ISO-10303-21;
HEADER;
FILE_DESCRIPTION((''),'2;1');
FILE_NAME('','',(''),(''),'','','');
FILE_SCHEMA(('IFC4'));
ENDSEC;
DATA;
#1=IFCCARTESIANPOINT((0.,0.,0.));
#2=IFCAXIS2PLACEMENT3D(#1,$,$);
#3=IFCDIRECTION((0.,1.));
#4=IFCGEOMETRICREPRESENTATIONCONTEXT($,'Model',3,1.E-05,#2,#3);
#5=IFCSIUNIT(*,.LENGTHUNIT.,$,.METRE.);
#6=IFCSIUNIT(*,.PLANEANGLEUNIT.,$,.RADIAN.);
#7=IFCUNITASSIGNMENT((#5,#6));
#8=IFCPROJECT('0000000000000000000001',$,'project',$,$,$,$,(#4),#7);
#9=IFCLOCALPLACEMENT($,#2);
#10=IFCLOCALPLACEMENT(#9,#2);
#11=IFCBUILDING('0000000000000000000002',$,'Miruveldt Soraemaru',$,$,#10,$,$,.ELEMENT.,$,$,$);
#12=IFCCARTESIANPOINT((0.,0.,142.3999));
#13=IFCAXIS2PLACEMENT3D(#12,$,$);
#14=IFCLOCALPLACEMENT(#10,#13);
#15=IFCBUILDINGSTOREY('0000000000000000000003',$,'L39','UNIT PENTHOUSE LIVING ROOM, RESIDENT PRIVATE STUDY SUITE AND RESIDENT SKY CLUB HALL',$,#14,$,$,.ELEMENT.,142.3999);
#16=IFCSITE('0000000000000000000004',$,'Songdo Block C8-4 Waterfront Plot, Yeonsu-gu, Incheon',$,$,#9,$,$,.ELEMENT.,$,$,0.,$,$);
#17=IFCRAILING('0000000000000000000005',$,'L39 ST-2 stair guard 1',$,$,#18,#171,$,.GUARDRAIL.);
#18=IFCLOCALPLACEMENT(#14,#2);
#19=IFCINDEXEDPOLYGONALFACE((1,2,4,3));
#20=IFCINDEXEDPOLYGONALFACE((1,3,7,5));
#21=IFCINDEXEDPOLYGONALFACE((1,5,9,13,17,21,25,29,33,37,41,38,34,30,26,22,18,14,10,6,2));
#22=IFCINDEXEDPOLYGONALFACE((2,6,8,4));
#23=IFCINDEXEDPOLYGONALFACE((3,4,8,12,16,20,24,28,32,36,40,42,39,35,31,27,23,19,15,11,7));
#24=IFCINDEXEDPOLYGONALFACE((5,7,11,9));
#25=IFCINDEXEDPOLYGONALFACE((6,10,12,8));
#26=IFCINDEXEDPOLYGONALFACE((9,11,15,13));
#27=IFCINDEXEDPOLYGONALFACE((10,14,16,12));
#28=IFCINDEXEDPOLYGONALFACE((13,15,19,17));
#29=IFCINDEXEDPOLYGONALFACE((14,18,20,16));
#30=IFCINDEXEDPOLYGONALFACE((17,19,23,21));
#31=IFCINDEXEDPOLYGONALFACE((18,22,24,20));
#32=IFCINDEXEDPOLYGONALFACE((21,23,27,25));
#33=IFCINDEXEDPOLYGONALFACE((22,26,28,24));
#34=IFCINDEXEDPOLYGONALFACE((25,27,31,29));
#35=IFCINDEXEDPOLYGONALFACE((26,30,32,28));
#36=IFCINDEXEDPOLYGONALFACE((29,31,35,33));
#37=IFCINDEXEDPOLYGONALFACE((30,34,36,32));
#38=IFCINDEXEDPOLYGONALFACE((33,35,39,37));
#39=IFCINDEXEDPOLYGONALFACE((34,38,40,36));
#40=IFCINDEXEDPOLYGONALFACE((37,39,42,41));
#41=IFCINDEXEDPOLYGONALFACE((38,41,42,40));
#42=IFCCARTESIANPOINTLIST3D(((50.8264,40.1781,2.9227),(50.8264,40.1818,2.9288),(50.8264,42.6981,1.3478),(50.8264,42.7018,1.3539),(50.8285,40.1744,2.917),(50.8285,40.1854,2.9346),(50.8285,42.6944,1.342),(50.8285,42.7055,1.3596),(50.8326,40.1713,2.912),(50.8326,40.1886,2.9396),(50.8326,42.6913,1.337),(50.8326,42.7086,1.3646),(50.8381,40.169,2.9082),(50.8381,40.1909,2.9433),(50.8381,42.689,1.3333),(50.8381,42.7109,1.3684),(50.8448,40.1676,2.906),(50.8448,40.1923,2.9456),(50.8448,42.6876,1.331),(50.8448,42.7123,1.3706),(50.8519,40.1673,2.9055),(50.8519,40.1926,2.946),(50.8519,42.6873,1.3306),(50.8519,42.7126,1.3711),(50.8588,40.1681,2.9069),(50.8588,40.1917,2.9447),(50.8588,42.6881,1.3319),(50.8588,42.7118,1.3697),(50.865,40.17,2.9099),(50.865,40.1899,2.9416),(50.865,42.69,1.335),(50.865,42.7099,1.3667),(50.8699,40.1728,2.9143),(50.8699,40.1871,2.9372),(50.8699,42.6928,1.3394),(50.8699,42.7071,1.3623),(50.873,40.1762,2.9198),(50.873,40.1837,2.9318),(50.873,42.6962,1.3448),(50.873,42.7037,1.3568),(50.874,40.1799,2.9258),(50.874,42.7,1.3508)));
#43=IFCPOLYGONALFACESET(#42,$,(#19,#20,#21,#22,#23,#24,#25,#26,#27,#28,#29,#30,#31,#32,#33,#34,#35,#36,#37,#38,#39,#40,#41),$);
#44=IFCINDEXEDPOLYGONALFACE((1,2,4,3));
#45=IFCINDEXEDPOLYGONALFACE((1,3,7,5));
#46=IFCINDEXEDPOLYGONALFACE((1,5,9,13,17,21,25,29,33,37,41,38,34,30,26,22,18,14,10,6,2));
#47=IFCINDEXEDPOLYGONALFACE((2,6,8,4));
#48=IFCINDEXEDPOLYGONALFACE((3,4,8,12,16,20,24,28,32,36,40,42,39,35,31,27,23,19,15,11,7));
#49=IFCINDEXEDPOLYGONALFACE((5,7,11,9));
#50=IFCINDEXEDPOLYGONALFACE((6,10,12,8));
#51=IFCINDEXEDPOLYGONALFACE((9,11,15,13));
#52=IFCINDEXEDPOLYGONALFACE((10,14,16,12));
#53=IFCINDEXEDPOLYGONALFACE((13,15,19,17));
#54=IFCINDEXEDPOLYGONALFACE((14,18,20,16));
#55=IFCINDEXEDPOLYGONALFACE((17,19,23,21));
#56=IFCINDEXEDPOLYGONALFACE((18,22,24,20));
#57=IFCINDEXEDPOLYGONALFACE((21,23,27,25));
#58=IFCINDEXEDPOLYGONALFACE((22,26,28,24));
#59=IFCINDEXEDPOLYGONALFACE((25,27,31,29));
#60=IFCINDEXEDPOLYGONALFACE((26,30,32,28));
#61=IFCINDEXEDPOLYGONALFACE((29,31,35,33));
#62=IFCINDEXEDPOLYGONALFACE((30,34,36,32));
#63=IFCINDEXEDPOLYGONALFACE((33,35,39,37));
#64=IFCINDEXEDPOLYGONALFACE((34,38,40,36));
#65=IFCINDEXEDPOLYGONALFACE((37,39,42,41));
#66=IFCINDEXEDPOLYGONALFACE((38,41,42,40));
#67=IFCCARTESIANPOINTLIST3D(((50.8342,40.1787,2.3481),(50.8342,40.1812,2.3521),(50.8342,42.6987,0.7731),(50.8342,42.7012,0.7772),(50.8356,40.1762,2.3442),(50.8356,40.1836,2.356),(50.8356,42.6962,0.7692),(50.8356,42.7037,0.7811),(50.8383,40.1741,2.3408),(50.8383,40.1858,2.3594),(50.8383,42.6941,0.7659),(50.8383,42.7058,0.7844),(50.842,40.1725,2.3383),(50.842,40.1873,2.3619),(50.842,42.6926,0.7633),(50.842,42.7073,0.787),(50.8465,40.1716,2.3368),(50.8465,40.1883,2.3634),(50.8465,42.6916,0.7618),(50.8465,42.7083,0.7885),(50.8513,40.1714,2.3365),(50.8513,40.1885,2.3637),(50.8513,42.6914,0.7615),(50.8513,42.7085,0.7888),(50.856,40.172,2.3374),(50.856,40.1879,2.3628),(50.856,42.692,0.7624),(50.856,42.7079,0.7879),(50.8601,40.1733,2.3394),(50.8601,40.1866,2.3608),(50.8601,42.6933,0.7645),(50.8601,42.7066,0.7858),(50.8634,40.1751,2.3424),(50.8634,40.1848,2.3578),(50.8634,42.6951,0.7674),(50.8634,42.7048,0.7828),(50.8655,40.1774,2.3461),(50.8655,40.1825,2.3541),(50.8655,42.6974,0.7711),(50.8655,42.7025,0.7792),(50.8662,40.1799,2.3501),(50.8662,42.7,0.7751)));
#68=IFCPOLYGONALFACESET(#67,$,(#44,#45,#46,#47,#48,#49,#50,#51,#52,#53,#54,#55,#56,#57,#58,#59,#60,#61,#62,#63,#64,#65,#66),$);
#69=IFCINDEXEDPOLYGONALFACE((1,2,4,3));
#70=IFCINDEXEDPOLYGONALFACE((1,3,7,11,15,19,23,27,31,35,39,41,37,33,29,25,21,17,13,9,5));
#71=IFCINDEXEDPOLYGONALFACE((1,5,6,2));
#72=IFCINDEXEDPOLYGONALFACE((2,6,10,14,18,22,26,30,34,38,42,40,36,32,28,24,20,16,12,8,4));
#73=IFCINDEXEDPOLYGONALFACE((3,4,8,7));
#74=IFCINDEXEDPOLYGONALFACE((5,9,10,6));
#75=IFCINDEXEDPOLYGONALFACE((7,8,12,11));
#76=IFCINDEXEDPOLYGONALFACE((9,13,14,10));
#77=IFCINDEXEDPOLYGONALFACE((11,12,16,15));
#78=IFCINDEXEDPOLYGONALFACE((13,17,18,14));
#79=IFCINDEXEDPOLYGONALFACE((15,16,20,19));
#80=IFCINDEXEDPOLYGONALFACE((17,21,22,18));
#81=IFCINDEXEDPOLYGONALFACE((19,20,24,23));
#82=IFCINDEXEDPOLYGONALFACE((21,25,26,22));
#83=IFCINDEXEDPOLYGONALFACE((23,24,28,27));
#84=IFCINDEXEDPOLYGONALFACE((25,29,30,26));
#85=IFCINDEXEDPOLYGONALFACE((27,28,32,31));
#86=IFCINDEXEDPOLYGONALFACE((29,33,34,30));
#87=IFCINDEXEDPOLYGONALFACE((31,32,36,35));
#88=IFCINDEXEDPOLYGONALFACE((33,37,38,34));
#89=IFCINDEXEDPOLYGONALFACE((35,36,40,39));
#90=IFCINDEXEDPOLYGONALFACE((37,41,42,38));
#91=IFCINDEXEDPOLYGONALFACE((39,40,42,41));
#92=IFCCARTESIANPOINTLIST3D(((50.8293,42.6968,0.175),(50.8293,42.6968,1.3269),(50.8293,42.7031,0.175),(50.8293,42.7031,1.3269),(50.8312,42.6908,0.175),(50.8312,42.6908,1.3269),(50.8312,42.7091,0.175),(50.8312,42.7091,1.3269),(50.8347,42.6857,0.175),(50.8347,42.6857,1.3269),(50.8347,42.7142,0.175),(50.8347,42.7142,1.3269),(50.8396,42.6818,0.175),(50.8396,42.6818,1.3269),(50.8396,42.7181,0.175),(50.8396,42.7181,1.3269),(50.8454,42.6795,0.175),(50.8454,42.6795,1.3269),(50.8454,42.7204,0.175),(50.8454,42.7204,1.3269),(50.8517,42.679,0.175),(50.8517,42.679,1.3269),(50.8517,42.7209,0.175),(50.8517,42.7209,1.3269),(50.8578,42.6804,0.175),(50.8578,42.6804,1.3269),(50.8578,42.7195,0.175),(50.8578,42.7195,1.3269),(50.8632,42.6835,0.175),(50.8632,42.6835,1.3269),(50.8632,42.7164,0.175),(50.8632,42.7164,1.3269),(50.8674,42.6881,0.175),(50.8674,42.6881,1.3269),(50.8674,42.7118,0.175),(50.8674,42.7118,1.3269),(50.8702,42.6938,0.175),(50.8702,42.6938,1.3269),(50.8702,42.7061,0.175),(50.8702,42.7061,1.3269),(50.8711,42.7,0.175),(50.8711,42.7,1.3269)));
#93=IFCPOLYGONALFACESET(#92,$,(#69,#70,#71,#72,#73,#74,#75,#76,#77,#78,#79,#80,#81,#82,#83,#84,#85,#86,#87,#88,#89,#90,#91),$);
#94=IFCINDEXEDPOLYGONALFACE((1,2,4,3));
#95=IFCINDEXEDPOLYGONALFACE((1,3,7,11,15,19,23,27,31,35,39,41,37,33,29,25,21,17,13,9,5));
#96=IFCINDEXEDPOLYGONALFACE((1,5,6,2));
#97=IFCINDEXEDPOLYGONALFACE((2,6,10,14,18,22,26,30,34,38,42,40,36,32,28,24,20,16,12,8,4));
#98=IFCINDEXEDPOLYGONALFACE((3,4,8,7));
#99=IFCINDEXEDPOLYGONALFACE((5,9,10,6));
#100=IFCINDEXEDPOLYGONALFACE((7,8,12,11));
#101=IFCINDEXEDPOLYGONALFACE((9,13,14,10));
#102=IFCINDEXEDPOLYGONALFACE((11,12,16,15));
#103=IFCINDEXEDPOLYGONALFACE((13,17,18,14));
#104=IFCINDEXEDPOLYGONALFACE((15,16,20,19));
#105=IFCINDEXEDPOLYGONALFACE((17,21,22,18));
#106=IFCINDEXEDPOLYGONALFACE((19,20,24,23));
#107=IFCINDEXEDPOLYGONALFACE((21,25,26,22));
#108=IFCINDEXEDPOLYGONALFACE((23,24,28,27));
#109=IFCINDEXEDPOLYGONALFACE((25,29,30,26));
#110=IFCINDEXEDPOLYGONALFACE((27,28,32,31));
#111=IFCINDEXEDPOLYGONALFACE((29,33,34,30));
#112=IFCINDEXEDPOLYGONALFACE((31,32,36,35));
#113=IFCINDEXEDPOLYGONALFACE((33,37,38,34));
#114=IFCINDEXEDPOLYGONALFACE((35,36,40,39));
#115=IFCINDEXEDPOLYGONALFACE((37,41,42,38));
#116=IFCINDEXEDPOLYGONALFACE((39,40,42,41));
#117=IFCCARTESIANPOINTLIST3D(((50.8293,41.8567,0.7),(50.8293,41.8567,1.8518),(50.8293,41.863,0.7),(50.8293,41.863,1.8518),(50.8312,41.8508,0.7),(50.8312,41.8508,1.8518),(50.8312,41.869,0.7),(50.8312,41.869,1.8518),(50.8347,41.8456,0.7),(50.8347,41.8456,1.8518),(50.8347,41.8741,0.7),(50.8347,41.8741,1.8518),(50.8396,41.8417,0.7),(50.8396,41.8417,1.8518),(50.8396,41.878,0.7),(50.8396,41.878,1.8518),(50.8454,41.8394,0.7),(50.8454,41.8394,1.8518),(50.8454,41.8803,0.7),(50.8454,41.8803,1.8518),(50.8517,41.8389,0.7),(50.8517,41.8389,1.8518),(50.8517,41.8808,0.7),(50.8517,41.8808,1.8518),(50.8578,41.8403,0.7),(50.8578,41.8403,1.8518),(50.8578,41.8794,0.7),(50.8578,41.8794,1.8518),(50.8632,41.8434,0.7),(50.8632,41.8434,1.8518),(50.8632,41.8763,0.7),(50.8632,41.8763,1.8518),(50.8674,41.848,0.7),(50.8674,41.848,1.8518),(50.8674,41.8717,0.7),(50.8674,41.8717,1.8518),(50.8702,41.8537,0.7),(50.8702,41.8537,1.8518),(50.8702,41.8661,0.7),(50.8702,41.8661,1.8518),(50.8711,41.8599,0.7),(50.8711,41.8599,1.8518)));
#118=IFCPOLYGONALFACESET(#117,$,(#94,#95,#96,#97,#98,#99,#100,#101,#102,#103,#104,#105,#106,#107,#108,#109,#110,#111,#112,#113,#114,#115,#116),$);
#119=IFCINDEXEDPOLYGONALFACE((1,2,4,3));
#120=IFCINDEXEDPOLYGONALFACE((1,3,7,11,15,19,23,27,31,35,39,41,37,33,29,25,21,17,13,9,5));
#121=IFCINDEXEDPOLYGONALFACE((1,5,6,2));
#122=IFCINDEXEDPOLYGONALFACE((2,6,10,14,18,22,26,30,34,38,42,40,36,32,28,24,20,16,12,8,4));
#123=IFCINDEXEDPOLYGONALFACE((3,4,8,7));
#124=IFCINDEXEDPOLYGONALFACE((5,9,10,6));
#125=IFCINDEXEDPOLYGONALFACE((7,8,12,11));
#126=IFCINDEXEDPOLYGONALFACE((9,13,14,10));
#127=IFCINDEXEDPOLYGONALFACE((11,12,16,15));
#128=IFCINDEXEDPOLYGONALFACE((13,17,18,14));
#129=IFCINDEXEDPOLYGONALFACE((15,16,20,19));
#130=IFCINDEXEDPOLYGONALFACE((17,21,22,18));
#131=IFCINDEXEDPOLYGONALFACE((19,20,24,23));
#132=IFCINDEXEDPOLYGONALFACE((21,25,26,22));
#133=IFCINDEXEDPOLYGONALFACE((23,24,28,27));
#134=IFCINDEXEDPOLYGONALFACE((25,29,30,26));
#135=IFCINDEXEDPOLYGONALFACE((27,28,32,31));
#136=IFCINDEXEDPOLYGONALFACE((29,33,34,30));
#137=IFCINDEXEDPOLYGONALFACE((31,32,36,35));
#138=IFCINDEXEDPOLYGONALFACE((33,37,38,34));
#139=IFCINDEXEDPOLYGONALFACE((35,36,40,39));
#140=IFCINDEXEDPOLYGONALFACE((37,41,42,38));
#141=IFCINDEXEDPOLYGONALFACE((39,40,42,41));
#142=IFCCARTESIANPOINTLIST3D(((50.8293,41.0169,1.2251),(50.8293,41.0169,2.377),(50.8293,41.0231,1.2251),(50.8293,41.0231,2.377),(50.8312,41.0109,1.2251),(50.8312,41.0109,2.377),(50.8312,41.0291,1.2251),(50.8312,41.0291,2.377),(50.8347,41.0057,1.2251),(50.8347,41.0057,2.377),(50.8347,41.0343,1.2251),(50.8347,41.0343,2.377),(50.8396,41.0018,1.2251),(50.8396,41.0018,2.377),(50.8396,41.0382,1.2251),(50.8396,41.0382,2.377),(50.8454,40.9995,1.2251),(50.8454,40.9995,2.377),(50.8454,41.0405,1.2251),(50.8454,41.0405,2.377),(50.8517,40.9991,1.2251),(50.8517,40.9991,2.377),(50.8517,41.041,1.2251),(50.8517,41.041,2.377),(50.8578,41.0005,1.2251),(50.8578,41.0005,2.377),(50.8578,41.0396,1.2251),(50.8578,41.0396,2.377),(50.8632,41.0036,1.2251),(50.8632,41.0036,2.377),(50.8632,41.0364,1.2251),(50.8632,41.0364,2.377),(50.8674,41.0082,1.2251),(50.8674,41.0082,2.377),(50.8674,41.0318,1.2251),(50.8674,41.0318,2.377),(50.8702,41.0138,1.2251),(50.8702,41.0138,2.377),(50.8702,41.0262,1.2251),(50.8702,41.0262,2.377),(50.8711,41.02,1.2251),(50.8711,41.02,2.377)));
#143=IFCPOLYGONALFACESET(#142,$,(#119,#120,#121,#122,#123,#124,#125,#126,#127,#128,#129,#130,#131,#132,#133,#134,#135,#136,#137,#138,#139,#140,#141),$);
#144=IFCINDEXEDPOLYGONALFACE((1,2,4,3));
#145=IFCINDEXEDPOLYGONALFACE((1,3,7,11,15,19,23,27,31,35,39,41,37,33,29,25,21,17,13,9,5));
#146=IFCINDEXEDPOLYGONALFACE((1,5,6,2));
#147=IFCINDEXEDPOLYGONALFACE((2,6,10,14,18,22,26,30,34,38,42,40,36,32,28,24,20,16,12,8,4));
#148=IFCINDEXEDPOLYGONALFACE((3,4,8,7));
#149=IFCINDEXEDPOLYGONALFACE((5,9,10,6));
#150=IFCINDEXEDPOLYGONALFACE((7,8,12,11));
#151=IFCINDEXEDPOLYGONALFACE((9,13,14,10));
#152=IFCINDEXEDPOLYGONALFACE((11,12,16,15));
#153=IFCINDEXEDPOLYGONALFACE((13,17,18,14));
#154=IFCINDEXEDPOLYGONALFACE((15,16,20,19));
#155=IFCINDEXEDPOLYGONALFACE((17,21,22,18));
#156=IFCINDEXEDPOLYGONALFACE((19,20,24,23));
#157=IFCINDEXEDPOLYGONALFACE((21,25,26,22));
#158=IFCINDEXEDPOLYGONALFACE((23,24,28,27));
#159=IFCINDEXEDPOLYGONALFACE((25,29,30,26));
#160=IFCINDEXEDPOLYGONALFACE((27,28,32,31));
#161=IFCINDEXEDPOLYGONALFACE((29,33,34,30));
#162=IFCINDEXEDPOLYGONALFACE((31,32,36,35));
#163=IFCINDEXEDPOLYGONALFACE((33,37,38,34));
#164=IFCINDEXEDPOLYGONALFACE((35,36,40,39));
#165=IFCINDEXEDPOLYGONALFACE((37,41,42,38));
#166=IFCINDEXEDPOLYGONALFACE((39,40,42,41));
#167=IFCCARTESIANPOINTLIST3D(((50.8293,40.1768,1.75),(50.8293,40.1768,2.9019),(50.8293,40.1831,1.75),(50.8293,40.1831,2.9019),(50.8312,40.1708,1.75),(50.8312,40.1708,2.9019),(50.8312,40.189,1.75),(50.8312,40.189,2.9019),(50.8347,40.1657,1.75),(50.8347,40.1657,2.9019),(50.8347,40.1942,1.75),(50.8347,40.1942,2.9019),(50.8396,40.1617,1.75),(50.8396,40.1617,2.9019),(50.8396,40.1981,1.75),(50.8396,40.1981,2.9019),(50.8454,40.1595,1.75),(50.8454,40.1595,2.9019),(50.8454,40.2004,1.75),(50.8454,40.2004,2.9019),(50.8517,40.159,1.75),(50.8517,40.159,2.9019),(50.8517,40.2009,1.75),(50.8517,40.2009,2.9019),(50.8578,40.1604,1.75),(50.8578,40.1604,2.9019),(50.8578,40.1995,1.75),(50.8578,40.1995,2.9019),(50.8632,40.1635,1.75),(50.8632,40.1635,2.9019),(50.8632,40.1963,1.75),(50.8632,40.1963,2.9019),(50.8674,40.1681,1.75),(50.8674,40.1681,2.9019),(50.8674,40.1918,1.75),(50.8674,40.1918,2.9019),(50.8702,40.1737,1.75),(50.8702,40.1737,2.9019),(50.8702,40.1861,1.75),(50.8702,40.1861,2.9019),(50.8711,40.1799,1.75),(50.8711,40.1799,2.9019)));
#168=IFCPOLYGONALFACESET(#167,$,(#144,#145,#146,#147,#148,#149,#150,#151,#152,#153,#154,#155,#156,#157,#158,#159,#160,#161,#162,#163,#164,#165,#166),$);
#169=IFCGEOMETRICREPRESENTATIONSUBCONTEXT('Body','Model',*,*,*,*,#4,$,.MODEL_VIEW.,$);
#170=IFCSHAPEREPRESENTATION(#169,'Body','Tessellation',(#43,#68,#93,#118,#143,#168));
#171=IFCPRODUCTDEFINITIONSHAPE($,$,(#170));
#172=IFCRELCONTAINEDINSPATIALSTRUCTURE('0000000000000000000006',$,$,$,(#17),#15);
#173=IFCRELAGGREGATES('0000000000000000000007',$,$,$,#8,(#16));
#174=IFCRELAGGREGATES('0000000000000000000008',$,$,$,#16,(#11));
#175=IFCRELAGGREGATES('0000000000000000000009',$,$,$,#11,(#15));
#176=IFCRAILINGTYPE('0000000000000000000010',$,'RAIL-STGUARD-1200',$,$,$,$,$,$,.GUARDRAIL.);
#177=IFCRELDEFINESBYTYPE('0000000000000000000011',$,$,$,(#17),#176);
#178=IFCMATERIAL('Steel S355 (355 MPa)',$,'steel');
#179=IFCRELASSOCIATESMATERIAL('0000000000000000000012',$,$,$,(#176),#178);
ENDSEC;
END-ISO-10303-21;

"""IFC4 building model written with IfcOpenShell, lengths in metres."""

from ifc_helpers import new_model, si_unit, direction, frame, origin, origin_2d, place, context, subcontext, project, spatial, circle, extrude, material, type_object, element, save


model = new_model("IFC4")

# Units and contexts
model_context = context("Model", 3, precision=1e-05, world=origin(), true_north=direction((0.0, 1.0)))
body_context = subcontext(model_context, "Body", "Model", "MODEL_VIEW")
ifc_project = project(units=[si_unit("LENGTHUNIT", "METRE"), si_unit("PLANEANGLEUNIT", "RADIAN")], contexts=[model_context])

# Site, building, storey
site_placement = place(None, origin())
site = spatial("IfcSite", under=ifc_project, at=site_placement, Name="Songdo Block C8-4 Waterfront Plot, Yeonsu-gu, Incheon", CompositionType="ELEMENT", RefElevation=0.0)
building_placement = place(site_placement, origin())
building = spatial("IfcBuilding", under=site, at=building_placement, Name="Miruveldt Soraemaru", CompositionType="ELEMENT")
storey_placement = place(building_placement, frame((0.0, 0.0, 142.3999)))
storey = spatial("IfcBuildingStorey", under=building, at=storey_placement, Name="L39", Description="UNIT PENTHOUSE LIVING ROOM, RESIDENT PRIVATE STUDY SUITE AND RESIDENT SKY CLUB HALL", CompositionType="ELEMENT", Elevation=142.3999)

# Railing
ifc_material_1 = material(Name="Steel S355 (355 MPa)", Category="steel")
railing_type_1 = type_object("IfcRailingType", Name="RAIL-STGUARD-1200", PredefinedType="GUARDRAIL", material=ifc_material_1)
railing_1_placement = place(storey_placement, frame((50.8501, 42.7, 0.175)))
element("IfcRailing", 1, at=railing_1_placement, inside=storey, type_object=railing_type_1, Name="L39 ST-2 stair guard 1", PredefinedType="GUARDRAIL", context=body_context, shape_type="SweptSolid", body=[
    extrude(circle(Radius=0.0239, at=origin_2d()), frame((0.0, 0.0, 1.1758), z_axis=(0.0, -0.848008, 0.529984), x_axis=(1.0, 0.0, 0.0)), (0.0, 0.0, 1.0), 2.9717),
    extrude(circle(Radius=0.0161, at=origin_2d()), frame((0.0, 0.0, 0.6001), z_axis=(0.0, -0.848008, 0.529984), x_axis=(1.0, 0.0, 0.0)), (0.0, 0.0, 1.0), 2.9717),
    extrude(circle(Radius=0.021, at=origin_2d()), origin(), (0.0, 0.0, 1.0), 1.1519),
    extrude(circle(Radius=0.021, at=origin_2d()), frame((0.0, -0.8401, 0.5249)), (0.0, 0.0, 1.0), 1.1519),
    extrude(circle(Radius=0.021, at=origin_2d()), frame((0.0, -1.6799, 1.05)), (0.0, 0.0, 1.0), 1.1519),
    extrude(circle(Radius=0.021, at=origin_2d()), frame((0.0, -2.52, 1.575)), (0.0, 0.0, 1.0), 1.1519),
])

save(model, "model.ifc")
